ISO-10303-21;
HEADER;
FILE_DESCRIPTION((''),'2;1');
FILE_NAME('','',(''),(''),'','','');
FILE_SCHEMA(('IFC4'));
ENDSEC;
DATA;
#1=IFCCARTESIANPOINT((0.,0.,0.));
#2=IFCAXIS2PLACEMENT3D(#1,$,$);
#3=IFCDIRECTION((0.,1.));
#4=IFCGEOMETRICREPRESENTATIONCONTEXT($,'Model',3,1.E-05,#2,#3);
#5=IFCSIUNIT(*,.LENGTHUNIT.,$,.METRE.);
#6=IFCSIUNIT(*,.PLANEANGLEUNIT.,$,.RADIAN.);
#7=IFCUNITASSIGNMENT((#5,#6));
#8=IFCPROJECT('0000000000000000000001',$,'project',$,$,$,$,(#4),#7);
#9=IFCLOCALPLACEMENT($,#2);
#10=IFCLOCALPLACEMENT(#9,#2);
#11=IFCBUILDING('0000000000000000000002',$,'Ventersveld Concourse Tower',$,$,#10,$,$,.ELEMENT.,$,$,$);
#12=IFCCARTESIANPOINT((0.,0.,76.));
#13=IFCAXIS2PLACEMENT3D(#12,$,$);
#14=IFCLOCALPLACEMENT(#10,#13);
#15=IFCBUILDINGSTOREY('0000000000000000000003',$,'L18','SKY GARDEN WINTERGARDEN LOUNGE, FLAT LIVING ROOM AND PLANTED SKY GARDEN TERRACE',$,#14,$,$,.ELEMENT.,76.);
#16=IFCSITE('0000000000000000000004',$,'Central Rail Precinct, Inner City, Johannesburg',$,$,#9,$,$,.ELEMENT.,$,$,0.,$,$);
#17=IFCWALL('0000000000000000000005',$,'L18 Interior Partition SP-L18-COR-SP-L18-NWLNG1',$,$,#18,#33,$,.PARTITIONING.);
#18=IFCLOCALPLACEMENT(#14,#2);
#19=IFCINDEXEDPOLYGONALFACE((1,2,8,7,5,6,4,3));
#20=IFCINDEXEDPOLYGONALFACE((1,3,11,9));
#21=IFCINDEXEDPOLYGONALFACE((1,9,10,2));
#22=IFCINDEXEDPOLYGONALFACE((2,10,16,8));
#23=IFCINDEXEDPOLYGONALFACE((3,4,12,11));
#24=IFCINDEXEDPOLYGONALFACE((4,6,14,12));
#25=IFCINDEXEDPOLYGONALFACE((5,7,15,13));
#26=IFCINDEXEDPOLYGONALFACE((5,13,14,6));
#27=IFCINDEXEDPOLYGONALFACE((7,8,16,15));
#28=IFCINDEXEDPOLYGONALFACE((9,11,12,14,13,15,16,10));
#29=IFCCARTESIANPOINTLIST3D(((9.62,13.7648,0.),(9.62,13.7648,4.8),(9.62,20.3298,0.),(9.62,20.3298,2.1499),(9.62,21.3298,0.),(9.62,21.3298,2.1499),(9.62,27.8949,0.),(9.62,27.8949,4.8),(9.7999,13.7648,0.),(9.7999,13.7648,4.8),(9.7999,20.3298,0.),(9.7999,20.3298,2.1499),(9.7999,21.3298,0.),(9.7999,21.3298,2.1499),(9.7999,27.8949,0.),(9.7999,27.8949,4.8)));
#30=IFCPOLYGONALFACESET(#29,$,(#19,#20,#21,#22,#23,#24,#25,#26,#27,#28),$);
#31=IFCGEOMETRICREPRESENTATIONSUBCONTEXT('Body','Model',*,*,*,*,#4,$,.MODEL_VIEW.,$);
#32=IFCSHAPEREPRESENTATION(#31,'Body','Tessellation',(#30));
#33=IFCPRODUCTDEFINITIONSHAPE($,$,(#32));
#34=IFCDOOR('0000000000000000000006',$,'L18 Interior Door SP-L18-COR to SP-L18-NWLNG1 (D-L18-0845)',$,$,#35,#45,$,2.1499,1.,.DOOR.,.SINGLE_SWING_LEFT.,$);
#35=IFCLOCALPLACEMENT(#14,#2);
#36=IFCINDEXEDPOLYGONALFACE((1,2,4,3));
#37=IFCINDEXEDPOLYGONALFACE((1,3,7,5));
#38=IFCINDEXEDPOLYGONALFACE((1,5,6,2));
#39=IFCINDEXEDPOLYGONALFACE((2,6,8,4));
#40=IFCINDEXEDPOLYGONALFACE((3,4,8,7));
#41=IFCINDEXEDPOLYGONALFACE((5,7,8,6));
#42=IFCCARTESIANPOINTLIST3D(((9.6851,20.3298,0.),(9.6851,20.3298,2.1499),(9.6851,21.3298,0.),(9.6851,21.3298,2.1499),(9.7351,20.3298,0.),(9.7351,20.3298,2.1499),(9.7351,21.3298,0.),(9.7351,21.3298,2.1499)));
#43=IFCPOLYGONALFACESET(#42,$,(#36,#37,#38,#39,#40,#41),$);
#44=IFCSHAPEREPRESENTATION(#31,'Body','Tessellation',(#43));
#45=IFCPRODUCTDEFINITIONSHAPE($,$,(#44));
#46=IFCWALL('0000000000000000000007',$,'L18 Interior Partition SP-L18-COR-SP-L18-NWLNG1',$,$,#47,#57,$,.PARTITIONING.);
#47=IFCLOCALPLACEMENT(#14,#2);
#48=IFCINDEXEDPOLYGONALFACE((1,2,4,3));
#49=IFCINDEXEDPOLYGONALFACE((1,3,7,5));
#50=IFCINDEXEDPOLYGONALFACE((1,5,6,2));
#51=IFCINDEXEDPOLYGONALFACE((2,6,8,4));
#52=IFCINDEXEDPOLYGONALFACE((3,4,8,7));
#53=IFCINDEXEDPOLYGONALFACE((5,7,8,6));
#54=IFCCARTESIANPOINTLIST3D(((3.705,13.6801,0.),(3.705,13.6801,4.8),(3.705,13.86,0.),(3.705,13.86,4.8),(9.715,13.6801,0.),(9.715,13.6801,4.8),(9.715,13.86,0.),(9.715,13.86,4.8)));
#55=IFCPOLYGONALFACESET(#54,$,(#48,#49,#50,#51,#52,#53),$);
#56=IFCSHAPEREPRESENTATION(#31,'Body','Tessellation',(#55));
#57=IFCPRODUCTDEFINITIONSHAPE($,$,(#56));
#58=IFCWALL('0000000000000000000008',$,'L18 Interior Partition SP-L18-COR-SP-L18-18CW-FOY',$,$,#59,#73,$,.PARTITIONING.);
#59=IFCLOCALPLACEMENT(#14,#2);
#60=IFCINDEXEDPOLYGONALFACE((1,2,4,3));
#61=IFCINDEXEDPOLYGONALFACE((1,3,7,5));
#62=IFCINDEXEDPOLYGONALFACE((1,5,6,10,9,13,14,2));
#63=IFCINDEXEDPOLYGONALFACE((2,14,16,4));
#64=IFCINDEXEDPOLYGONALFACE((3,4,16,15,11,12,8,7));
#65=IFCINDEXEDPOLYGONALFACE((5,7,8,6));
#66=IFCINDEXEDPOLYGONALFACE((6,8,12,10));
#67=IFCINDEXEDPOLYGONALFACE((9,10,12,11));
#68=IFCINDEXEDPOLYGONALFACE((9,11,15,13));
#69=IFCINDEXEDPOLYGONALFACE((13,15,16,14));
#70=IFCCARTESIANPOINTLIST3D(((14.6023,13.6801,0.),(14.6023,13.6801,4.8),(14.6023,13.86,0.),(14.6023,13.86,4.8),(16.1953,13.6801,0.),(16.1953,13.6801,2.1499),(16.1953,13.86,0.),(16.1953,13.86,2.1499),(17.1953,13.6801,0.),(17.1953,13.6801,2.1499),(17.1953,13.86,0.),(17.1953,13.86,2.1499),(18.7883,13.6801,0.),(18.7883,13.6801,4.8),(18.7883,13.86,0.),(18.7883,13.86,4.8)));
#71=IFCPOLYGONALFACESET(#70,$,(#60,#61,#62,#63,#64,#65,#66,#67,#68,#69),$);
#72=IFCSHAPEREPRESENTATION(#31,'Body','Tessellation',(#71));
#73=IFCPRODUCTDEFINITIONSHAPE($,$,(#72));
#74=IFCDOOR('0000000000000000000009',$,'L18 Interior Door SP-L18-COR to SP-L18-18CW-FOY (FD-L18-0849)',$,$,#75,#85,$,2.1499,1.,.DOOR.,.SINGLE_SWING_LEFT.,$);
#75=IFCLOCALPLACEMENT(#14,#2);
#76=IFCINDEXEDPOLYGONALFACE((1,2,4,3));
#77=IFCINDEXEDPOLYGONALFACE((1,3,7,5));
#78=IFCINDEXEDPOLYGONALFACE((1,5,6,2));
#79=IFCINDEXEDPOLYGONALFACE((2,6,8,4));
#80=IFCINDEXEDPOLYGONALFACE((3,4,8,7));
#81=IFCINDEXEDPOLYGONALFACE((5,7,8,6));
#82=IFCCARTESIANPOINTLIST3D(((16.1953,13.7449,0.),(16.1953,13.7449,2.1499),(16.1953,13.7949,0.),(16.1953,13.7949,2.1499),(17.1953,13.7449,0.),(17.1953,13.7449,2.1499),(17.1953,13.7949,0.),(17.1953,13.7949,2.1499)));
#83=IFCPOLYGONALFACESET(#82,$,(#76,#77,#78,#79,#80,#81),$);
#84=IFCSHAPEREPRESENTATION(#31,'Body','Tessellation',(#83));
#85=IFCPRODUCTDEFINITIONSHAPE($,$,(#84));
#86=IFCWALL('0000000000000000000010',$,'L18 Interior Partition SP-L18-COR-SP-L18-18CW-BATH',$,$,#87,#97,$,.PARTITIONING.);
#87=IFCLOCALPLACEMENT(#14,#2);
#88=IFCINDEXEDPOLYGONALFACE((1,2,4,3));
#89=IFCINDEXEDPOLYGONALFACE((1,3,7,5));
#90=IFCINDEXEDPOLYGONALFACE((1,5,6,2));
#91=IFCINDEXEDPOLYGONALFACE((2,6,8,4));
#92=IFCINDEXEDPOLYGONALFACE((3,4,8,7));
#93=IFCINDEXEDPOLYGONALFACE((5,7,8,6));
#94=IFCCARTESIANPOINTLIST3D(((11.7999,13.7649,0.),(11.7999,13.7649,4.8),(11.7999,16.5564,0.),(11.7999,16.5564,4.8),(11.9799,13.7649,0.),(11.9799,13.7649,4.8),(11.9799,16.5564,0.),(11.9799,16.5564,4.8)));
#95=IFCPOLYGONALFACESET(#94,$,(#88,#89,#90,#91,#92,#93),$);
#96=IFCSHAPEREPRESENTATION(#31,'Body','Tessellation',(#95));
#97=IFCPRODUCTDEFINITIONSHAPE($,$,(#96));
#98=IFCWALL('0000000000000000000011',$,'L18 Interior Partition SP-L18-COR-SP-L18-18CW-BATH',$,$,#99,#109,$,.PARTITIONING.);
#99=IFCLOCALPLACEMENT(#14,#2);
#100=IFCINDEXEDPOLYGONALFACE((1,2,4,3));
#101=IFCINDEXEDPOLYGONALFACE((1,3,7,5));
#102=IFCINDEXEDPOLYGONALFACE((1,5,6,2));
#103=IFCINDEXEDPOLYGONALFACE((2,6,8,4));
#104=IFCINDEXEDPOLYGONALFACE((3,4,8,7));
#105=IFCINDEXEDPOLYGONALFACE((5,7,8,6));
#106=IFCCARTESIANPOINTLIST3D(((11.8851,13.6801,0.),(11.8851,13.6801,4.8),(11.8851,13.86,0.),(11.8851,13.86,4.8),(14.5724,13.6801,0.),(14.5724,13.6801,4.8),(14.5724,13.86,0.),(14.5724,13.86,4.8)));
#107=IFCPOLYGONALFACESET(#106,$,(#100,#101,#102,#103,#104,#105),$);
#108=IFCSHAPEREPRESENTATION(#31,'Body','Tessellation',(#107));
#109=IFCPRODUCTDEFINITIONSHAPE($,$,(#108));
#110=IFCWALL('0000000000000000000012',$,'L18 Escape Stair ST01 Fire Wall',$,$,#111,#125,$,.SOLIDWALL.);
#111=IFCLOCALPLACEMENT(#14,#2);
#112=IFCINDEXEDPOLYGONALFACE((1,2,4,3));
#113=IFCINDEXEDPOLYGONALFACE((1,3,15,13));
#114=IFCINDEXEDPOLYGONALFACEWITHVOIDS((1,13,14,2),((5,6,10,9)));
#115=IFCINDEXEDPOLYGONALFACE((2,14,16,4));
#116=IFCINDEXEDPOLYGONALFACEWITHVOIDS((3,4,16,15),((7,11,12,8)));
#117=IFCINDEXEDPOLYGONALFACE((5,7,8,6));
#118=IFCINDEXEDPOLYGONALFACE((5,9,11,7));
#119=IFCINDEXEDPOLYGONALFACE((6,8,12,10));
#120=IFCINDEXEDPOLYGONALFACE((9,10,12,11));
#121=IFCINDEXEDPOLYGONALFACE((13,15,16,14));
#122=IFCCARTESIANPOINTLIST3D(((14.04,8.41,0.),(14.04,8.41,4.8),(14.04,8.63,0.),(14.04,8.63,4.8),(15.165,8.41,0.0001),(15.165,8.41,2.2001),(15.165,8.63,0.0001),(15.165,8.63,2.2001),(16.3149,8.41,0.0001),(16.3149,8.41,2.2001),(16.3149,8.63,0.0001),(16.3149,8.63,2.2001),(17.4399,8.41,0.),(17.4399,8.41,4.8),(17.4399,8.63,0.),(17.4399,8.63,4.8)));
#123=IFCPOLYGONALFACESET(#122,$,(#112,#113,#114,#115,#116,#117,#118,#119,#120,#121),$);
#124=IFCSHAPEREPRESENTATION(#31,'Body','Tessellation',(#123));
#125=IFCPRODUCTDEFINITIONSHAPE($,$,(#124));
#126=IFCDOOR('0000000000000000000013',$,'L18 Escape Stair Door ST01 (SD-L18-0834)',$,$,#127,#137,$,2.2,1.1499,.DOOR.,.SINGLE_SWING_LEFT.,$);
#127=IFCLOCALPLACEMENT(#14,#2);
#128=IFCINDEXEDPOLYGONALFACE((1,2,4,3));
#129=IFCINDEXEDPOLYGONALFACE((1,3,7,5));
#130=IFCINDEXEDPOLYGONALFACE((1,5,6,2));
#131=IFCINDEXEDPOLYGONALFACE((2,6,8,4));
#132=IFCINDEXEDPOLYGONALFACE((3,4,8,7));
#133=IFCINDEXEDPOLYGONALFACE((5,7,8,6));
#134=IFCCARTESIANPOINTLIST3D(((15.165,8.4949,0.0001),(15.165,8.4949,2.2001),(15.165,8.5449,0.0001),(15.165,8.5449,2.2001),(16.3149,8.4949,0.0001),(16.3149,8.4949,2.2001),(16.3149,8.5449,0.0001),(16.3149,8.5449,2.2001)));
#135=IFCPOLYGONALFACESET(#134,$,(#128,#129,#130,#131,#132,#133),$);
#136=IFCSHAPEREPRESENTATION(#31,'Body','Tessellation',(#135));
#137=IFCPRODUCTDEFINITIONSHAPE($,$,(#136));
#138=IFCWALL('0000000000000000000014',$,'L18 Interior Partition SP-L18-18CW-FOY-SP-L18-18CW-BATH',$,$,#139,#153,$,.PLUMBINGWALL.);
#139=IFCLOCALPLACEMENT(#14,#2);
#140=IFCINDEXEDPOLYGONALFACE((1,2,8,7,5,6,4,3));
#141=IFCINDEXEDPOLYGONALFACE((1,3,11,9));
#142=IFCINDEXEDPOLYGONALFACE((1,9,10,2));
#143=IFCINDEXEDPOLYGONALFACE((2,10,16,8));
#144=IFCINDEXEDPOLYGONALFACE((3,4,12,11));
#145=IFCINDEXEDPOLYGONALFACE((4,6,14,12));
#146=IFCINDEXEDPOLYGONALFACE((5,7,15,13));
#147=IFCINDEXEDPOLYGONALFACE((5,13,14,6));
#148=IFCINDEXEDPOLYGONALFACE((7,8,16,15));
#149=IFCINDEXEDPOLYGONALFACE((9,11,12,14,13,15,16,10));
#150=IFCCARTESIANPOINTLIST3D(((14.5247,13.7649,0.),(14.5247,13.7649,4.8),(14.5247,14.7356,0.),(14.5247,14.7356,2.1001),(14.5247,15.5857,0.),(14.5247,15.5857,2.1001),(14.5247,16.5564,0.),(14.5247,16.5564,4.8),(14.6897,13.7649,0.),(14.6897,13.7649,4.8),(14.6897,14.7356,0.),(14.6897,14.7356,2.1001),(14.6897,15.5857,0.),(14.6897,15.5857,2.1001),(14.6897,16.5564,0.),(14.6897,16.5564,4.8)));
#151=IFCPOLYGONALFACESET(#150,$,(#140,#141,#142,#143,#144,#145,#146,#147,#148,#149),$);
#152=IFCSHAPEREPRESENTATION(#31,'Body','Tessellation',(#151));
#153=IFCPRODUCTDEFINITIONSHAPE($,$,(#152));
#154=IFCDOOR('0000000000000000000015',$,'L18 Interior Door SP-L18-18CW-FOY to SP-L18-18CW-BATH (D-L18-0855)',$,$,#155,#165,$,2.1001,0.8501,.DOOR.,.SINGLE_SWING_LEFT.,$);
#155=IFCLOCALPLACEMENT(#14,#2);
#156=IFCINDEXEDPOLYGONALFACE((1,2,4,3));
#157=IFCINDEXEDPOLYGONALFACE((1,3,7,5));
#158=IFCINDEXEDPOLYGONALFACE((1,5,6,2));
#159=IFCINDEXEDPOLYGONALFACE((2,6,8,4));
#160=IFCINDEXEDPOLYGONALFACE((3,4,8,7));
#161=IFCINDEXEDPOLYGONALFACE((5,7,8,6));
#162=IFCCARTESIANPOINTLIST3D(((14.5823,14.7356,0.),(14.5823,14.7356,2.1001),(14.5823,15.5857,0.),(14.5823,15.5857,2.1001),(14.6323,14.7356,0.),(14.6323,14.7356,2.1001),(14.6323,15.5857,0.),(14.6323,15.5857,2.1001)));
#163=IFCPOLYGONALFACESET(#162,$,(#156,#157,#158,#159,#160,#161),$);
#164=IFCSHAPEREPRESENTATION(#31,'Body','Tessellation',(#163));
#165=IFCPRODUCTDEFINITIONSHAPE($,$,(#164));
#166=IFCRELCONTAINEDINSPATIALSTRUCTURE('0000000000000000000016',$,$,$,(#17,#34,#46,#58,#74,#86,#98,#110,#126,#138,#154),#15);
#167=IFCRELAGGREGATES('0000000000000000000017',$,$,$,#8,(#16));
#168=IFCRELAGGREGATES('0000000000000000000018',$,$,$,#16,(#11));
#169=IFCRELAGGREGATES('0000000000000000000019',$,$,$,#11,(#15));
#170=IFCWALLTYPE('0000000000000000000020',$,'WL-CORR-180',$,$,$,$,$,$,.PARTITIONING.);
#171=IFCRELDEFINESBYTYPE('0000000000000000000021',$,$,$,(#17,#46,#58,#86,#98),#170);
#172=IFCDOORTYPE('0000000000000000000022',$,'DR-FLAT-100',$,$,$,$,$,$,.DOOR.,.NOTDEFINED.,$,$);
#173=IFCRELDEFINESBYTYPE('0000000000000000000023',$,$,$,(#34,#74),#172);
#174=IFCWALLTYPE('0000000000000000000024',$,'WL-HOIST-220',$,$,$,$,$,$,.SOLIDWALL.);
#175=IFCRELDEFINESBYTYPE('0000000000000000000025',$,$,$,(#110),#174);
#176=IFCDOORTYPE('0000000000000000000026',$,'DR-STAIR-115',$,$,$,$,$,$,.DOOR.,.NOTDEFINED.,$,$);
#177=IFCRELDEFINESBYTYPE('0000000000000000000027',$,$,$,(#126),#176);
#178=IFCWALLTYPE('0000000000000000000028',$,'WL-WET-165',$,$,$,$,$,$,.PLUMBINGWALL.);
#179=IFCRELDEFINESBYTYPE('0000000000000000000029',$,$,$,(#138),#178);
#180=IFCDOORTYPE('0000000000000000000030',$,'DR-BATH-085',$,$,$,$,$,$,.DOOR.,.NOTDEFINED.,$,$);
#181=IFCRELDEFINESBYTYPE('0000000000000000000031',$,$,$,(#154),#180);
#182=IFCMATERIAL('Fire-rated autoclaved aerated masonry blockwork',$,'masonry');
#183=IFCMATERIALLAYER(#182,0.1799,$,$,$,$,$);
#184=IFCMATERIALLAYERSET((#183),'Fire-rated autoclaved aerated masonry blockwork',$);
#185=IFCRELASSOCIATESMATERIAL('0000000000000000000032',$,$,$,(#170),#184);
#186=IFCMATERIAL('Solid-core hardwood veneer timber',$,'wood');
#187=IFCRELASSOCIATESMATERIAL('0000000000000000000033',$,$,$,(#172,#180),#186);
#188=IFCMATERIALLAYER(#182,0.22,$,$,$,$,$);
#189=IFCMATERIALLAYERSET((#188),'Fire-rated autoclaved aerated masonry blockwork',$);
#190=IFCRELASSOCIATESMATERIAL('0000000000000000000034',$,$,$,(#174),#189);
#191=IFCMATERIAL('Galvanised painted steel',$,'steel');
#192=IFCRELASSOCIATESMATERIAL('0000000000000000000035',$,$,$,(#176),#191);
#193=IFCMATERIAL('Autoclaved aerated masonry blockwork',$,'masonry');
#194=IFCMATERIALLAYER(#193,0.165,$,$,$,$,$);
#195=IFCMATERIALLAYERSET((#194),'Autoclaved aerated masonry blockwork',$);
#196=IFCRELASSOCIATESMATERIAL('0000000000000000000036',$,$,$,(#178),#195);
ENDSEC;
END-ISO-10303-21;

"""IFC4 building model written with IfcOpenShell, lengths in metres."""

from ifc_helpers import new_model, si_unit, direction, frame, frame_2d, origin, place, context, subcontext, project, spatial, rectangle, extrude, material, layer, layer_set, type_object, element, fill, save


model = new_model("IFC4")

# Units and contexts
model_context = context("Model", 3, precision=1e-05, world=origin(), true_north=direction((0.0, 1.0)))
body_context = subcontext(model_context, "Body", "Model", "MODEL_VIEW")
ifc_project = project(units=[si_unit("LENGTHUNIT", "METRE"), si_unit("PLANEANGLEUNIT", "RADIAN")], contexts=[model_context])

# Site, building, storey
site_placement = place(None, origin())
site = spatial("IfcSite", under=ifc_project, at=site_placement, Name="Central Rail Precinct, Inner City, Johannesburg", CompositionType="ELEMENT", RefElevation=0.0)
building_placement = place(site_placement, origin())
building = spatial("IfcBuilding", under=site, at=building_placement, Name="Ventersveld Concourse Tower", CompositionType="ELEMENT")
storey_placement = place(building_placement, frame((0.0, 0.0, 76.0)))
storey = spatial("IfcBuildingStorey", under=building, at=storey_placement, Name="L18", Description="SKY GARDEN WINTERGARDEN LOUNGE, FLAT LIVING ROOM AND PLANTED SKY GARDEN TERRACE", CompositionType="ELEMENT", Elevation=76.0)

# Wall, opening, door
ifc_material_1 = material(Name="Fire-rated autoclaved aerated masonry blockwork", Category="masonry")
ifc_layer_1 = layer(ifc_material_1, 0.1799)
ifc_layer_set_1 = layer_set([ifc_layer_1], Name="Fire-rated autoclaved aerated masonry blockwork")
wall_type_1 = type_object("IfcWallType", Name="WL-CORR-180", PredefinedType="PARTITIONING", material=ifc_layer_set_1)
ifc_material_2 = material(Name="Solid-core hardwood veneer timber", Category="wood")
door_type_1 = type_object("IfcDoorType", Name="DR-FLAT-100", OperationType="NOTDEFINED", PredefinedType="DOOR", material=ifc_material_2)
wall_1_placement = place(storey_placement, frame((9.71, 13.7649, 0.0), z_axis=(0.0, 0.0, 1.0), x_axis=(0.0, 1.0, 0.0)))
wall_1 = element("IfcWall", 1, at=wall_1_placement, inside=storey, type_object=wall_type_1, Name="L18 Interior Partition SP-L18-COR-SP-L18-NWLNG1", PredefinedType="PARTITIONING", context=body_context, shape_type="SweptSolid", body=[
    extrude(rectangle(XDim=14.1301, YDim=0.1799, at=frame_2d((7.0649, 0.0))), origin(), (0.0, 0.0, 1.0), 4.8),
])
opening_1_placement = place(wall_1_placement, frame((6.5649, 0.0, 0.0)))
opening_1 = element("IfcOpeningElement", 2, at=opening_1_placement, cuts=wall_1, PredefinedType="OPENING", context=body_context, shape_type="SweptSolid", body=[
    extrude(rectangle(XDim=1.0, YDim=2.1499, at=frame_2d((0.5, 1.075))), frame((0.0, 0.1001, 0.0), z_axis=(0.0, -1.0, 0.0), x_axis=(1.0, 0.0, 0.0)), (0.0, 0.0, 1.0), 0.2),
])
door_1_placement = place(opening_1_placement, origin())
door_1 = element("IfcDoor", 3, at=door_1_placement, inside=storey, type_object=door_type_1, Name="L18 Interior Door SP-L18-COR to SP-L18-NWLNG1 (D-L18-0845)", OperationType="SINGLE_SWING_LEFT", OverallHeight=2.1499, OverallWidth=1.0, PredefinedType="DOOR", context=body_context, shape_type="SweptSolid", body=[
    extrude(rectangle(XDim=1.0, YDim=2.1499, at=frame_2d((0.5, 1.075))), frame((0.0, 0.0249, 0.0), z_axis=(0.0, -1.0, 0.0), x_axis=(1.0, 0.0, 0.0)), (0.0, 0.0, 1.0), 0.05),
])
fill(opening_1, door_1)

# Wall
wall_2_placement = place(storey_placement, frame((3.7051, 13.77, 0.0), z_axis=(0.0, 0.0, 1.0), x_axis=(1.0, 0.0, 0.0)))
element("IfcWall", 4, at=wall_2_placement, inside=storey, type_object=wall_type_1, Name="L18 Interior Partition SP-L18-COR-SP-L18-NWLNG1", PredefinedType="PARTITIONING", context=body_context, shape_type="SweptSolid", body=[
    extrude(rectangle(XDim=6.01, YDim=0.1799, at=frame_2d((3.0049, 0.0))), origin(), (0.0, 0.0, 1.0), 4.8),
])

# Wall, opening, door
wall_3_placement = place(storey_placement, frame((14.6023, 13.77, 0.0), z_axis=(0.0, 0.0, 1.0), x_axis=(1.0, 0.0, 0.0)))
wall_3 = element("IfcWall", 5, at=wall_3_placement, inside=storey, type_object=wall_type_1, Name="L18 Interior Partition SP-L18-COR-SP-L18-18CW-FOY", PredefinedType="PARTITIONING", context=body_context, shape_type="SweptSolid", body=[
    extrude(rectangle(XDim=4.186, YDim=0.1799, at=frame_2d((2.093, 0.0))), origin(), (0.0, 0.0, 1.0), 4.8),
])
opening_2_placement = place(wall_3_placement, frame((1.593, 0.0, 0.0)))
opening_2 = element("IfcOpeningElement", 6, at=opening_2_placement, cuts=wall_3, PredefinedType="OPENING", context=body_context, shape_type="SweptSolid", body=[
    extrude(rectangle(XDim=1.0, YDim=2.1499, at=frame_2d((0.5, 1.075))), frame((0.0, 0.1001, 0.0), z_axis=(0.0, -1.0, 0.0), x_axis=(1.0, 0.0, 0.0)), (0.0, 0.0, 1.0), 0.2),
])
door_2_placement = place(opening_2_placement, origin())
door_2 = element("IfcDoor", 7, at=door_2_placement, inside=storey, type_object=door_type_1, Name="L18 Interior Door SP-L18-COR to SP-L18-18CW-FOY (FD-L18-0849)", OperationType="SINGLE_SWING_LEFT", OverallHeight=2.1499, OverallWidth=1.0, PredefinedType="DOOR", context=body_context, shape_type="SweptSolid", body=[
    extrude(rectangle(XDim=1.0, YDim=2.1499, at=frame_2d((0.5, 1.075))), frame((0.0, 0.0249, 0.0), z_axis=(0.0, -1.0, 0.0), x_axis=(1.0, 0.0, 0.0)), (0.0, 0.0, 1.0), 0.05),
])
fill(opening_2, door_2)

# Walls
wall_4_placement = place(storey_placement, frame((11.8899, 13.7649, 0.0), z_axis=(0.0, 0.0, 1.0), x_axis=(0.0, 1.0, 0.0)))
element("IfcWall", 8, at=wall_4_placement, inside=storey, type_object=wall_type_1, Name="L18 Interior Partition SP-L18-COR-SP-L18-18CW-BATH", PredefinedType="PARTITIONING", context=body_context, shape_type="SweptSolid", body=[
    extrude(rectangle(XDim=2.7915, YDim=0.1799, at=frame_2d((1.3958, 0.0))), origin(), (0.0, 0.0, 1.0), 4.8),
])
wall_5_placement = place(storey_placement, frame((11.885, 13.77, 0.0), z_axis=(0.0, 0.0, 1.0), x_axis=(1.0, 0.0, 0.0)))
element("IfcWall", 9, at=wall_5_placement, inside=storey, type_object=wall_type_1, Name="L18 Interior Partition SP-L18-COR-SP-L18-18CW-BATH", PredefinedType="PARTITIONING", context=body_context, shape_type="SweptSolid", body=[
    extrude(rectangle(XDim=2.6873, YDim=0.1799, at=frame_2d((1.3438, 0.0))), origin(), (0.0, 0.0, 1.0), 4.8),
])

# Walls, openings, doors
ifc_layer_2 = layer(ifc_material_1, 0.22)
ifc_layer_set_2 = layer_set([ifc_layer_2], Name="Fire-rated autoclaved aerated masonry blockwork")
wall_type_2 = type_object("IfcWallType", Name="WL-HOIST-220", PredefinedType="SOLIDWALL", material=ifc_layer_set_2)
wall_6_placement = place(storey_placement, frame((14.04, 8.52, 0.0), z_axis=(0.0, 0.0, 1.0), x_axis=(1.0, 0.0, 0.0)))
wall_6 = element("IfcWall", 10, at=wall_6_placement, inside=storey, type_object=wall_type_2, Name="L18 Escape Stair ST01 Fire Wall", PredefinedType="SOLIDWALL", context=body_context, shape_type="SweptSolid", body=[
    extrude(rectangle(XDim=3.3999, YDim=0.22, at=frame_2d((1.7, 0.0))), origin(), (0.0, 0.0, 1.0), 4.8),
])
opening_3_placement = place(wall_6_placement, frame((1.125, 0.0, 0.0)))
opening_3 = element("IfcOpeningElement", 11, at=opening_3_placement, cuts=wall_6, PredefinedType="OPENING", context=body_context, shape_type="SweptSolid", body=[
    extrude(rectangle(XDim=1.1499, YDim=2.2, at=frame_2d((0.575, 1.1001))), frame((0.0, 0.1201, 0.0), z_axis=(0.0, -1.0, 0.0), x_axis=(1.0, 0.0, 0.0)), (0.0, 0.0, 1.0), 0.24),
])
ifc_material_3 = material(Name="Galvanised painted steel", Category="steel")
door_type_2 = type_object("IfcDoorType", Name="DR-STAIR-115", OperationType="NOTDEFINED", PredefinedType="DOOR", material=ifc_material_3)
door_3_placement = place(opening_3_placement, origin())
door_3 = element("IfcDoor", 12, at=door_3_placement, inside=storey, type_object=door_type_2, Name="L18 Escape Stair Door ST01 (SD-L18-0834)", OperationType="SINGLE_SWING_LEFT", OverallHeight=2.2, OverallWidth=1.1499, PredefinedType="DOOR", context=body_context, shape_type="SweptSolid", body=[
    extrude(rectangle(XDim=1.1499, YDim=2.2, at=frame_2d((0.575, 1.1001))), frame((0.0, 0.0249, 0.0), z_axis=(0.0, -1.0, 0.0), x_axis=(1.0, 0.0, 0.0)), (0.0, 0.0, 1.0), 0.05),
])
fill(opening_3, door_3)
ifc_material_4 = material(Name="Autoclaved aerated masonry blockwork", Category="masonry")
ifc_layer_3 = layer(ifc_material_4, 0.165)
ifc_layer_set_3 = layer_set([ifc_layer_3], Name="Autoclaved aerated masonry blockwork")
wall_type_3 = type_object("IfcWallType", Name="WL-WET-165", PredefinedType="PLUMBINGWALL", material=ifc_layer_set_3)
wall_7_placement = place(storey_placement, frame((14.6072, 13.7649, 0.0), z_axis=(0.0, 0.0, 1.0), x_axis=(0.0, 1.0, 0.0)))
wall_7 = element("IfcWall", 13, at=wall_7_placement, inside=storey, type_object=wall_type_3, Name="L18 Interior Partition SP-L18-18CW-FOY-SP-L18-18CW-BATH", PredefinedType="PLUMBINGWALL", context=body_context, shape_type="SweptSolid", body=[
    extrude(rectangle(XDim=2.7915, YDim=0.165, at=frame_2d((1.3958, 0.0))), origin(), (0.0, 0.0, 1.0), 4.8),
])
opening_4_placement = place(wall_7_placement, frame((0.9707, 0.0, 0.0)))
opening_4 = element("IfcOpeningElement", 14, at=opening_4_placement, cuts=wall_7, PredefinedType="OPENING", context=body_context, shape_type="SweptSolid", body=[
    extrude(rectangle(XDim=0.8501, YDim=2.1001, at=frame_2d((0.425, 1.05))), frame((0.0, 0.0925, 0.0), z_axis=(0.0, -1.0, 0.0), x_axis=(1.0, 0.0, 0.0)), (0.0, 0.0, 1.0), 0.1851),
])
door_type_3 = type_object("IfcDoorType", Name="DR-BATH-085", OperationType="NOTDEFINED", PredefinedType="DOOR", material=ifc_material_2)
door_4_placement = place(opening_4_placement, origin())
door_4 = element("IfcDoor", 15, at=door_4_placement, inside=storey, type_object=door_type_3, Name="L18 Interior Door SP-L18-18CW-FOY to SP-L18-18CW-BATH (D-L18-0855)", OperationType="SINGLE_SWING_LEFT", OverallHeight=2.1001, OverallWidth=0.8501, PredefinedType="DOOR", context=body_context, shape_type="SweptSolid", body=[
    extrude(rectangle(XDim=0.8501, YDim=2.1001, at=frame_2d((0.425, 1.05))), frame((0.0, 0.0249, 0.0), z_axis=(0.0, -1.0, 0.0), x_axis=(1.0, 0.0, 0.0)), (0.0, 0.0, 1.0), 0.05),
])
fill(opening_4, door_4)

save(model, "model.ifc")
